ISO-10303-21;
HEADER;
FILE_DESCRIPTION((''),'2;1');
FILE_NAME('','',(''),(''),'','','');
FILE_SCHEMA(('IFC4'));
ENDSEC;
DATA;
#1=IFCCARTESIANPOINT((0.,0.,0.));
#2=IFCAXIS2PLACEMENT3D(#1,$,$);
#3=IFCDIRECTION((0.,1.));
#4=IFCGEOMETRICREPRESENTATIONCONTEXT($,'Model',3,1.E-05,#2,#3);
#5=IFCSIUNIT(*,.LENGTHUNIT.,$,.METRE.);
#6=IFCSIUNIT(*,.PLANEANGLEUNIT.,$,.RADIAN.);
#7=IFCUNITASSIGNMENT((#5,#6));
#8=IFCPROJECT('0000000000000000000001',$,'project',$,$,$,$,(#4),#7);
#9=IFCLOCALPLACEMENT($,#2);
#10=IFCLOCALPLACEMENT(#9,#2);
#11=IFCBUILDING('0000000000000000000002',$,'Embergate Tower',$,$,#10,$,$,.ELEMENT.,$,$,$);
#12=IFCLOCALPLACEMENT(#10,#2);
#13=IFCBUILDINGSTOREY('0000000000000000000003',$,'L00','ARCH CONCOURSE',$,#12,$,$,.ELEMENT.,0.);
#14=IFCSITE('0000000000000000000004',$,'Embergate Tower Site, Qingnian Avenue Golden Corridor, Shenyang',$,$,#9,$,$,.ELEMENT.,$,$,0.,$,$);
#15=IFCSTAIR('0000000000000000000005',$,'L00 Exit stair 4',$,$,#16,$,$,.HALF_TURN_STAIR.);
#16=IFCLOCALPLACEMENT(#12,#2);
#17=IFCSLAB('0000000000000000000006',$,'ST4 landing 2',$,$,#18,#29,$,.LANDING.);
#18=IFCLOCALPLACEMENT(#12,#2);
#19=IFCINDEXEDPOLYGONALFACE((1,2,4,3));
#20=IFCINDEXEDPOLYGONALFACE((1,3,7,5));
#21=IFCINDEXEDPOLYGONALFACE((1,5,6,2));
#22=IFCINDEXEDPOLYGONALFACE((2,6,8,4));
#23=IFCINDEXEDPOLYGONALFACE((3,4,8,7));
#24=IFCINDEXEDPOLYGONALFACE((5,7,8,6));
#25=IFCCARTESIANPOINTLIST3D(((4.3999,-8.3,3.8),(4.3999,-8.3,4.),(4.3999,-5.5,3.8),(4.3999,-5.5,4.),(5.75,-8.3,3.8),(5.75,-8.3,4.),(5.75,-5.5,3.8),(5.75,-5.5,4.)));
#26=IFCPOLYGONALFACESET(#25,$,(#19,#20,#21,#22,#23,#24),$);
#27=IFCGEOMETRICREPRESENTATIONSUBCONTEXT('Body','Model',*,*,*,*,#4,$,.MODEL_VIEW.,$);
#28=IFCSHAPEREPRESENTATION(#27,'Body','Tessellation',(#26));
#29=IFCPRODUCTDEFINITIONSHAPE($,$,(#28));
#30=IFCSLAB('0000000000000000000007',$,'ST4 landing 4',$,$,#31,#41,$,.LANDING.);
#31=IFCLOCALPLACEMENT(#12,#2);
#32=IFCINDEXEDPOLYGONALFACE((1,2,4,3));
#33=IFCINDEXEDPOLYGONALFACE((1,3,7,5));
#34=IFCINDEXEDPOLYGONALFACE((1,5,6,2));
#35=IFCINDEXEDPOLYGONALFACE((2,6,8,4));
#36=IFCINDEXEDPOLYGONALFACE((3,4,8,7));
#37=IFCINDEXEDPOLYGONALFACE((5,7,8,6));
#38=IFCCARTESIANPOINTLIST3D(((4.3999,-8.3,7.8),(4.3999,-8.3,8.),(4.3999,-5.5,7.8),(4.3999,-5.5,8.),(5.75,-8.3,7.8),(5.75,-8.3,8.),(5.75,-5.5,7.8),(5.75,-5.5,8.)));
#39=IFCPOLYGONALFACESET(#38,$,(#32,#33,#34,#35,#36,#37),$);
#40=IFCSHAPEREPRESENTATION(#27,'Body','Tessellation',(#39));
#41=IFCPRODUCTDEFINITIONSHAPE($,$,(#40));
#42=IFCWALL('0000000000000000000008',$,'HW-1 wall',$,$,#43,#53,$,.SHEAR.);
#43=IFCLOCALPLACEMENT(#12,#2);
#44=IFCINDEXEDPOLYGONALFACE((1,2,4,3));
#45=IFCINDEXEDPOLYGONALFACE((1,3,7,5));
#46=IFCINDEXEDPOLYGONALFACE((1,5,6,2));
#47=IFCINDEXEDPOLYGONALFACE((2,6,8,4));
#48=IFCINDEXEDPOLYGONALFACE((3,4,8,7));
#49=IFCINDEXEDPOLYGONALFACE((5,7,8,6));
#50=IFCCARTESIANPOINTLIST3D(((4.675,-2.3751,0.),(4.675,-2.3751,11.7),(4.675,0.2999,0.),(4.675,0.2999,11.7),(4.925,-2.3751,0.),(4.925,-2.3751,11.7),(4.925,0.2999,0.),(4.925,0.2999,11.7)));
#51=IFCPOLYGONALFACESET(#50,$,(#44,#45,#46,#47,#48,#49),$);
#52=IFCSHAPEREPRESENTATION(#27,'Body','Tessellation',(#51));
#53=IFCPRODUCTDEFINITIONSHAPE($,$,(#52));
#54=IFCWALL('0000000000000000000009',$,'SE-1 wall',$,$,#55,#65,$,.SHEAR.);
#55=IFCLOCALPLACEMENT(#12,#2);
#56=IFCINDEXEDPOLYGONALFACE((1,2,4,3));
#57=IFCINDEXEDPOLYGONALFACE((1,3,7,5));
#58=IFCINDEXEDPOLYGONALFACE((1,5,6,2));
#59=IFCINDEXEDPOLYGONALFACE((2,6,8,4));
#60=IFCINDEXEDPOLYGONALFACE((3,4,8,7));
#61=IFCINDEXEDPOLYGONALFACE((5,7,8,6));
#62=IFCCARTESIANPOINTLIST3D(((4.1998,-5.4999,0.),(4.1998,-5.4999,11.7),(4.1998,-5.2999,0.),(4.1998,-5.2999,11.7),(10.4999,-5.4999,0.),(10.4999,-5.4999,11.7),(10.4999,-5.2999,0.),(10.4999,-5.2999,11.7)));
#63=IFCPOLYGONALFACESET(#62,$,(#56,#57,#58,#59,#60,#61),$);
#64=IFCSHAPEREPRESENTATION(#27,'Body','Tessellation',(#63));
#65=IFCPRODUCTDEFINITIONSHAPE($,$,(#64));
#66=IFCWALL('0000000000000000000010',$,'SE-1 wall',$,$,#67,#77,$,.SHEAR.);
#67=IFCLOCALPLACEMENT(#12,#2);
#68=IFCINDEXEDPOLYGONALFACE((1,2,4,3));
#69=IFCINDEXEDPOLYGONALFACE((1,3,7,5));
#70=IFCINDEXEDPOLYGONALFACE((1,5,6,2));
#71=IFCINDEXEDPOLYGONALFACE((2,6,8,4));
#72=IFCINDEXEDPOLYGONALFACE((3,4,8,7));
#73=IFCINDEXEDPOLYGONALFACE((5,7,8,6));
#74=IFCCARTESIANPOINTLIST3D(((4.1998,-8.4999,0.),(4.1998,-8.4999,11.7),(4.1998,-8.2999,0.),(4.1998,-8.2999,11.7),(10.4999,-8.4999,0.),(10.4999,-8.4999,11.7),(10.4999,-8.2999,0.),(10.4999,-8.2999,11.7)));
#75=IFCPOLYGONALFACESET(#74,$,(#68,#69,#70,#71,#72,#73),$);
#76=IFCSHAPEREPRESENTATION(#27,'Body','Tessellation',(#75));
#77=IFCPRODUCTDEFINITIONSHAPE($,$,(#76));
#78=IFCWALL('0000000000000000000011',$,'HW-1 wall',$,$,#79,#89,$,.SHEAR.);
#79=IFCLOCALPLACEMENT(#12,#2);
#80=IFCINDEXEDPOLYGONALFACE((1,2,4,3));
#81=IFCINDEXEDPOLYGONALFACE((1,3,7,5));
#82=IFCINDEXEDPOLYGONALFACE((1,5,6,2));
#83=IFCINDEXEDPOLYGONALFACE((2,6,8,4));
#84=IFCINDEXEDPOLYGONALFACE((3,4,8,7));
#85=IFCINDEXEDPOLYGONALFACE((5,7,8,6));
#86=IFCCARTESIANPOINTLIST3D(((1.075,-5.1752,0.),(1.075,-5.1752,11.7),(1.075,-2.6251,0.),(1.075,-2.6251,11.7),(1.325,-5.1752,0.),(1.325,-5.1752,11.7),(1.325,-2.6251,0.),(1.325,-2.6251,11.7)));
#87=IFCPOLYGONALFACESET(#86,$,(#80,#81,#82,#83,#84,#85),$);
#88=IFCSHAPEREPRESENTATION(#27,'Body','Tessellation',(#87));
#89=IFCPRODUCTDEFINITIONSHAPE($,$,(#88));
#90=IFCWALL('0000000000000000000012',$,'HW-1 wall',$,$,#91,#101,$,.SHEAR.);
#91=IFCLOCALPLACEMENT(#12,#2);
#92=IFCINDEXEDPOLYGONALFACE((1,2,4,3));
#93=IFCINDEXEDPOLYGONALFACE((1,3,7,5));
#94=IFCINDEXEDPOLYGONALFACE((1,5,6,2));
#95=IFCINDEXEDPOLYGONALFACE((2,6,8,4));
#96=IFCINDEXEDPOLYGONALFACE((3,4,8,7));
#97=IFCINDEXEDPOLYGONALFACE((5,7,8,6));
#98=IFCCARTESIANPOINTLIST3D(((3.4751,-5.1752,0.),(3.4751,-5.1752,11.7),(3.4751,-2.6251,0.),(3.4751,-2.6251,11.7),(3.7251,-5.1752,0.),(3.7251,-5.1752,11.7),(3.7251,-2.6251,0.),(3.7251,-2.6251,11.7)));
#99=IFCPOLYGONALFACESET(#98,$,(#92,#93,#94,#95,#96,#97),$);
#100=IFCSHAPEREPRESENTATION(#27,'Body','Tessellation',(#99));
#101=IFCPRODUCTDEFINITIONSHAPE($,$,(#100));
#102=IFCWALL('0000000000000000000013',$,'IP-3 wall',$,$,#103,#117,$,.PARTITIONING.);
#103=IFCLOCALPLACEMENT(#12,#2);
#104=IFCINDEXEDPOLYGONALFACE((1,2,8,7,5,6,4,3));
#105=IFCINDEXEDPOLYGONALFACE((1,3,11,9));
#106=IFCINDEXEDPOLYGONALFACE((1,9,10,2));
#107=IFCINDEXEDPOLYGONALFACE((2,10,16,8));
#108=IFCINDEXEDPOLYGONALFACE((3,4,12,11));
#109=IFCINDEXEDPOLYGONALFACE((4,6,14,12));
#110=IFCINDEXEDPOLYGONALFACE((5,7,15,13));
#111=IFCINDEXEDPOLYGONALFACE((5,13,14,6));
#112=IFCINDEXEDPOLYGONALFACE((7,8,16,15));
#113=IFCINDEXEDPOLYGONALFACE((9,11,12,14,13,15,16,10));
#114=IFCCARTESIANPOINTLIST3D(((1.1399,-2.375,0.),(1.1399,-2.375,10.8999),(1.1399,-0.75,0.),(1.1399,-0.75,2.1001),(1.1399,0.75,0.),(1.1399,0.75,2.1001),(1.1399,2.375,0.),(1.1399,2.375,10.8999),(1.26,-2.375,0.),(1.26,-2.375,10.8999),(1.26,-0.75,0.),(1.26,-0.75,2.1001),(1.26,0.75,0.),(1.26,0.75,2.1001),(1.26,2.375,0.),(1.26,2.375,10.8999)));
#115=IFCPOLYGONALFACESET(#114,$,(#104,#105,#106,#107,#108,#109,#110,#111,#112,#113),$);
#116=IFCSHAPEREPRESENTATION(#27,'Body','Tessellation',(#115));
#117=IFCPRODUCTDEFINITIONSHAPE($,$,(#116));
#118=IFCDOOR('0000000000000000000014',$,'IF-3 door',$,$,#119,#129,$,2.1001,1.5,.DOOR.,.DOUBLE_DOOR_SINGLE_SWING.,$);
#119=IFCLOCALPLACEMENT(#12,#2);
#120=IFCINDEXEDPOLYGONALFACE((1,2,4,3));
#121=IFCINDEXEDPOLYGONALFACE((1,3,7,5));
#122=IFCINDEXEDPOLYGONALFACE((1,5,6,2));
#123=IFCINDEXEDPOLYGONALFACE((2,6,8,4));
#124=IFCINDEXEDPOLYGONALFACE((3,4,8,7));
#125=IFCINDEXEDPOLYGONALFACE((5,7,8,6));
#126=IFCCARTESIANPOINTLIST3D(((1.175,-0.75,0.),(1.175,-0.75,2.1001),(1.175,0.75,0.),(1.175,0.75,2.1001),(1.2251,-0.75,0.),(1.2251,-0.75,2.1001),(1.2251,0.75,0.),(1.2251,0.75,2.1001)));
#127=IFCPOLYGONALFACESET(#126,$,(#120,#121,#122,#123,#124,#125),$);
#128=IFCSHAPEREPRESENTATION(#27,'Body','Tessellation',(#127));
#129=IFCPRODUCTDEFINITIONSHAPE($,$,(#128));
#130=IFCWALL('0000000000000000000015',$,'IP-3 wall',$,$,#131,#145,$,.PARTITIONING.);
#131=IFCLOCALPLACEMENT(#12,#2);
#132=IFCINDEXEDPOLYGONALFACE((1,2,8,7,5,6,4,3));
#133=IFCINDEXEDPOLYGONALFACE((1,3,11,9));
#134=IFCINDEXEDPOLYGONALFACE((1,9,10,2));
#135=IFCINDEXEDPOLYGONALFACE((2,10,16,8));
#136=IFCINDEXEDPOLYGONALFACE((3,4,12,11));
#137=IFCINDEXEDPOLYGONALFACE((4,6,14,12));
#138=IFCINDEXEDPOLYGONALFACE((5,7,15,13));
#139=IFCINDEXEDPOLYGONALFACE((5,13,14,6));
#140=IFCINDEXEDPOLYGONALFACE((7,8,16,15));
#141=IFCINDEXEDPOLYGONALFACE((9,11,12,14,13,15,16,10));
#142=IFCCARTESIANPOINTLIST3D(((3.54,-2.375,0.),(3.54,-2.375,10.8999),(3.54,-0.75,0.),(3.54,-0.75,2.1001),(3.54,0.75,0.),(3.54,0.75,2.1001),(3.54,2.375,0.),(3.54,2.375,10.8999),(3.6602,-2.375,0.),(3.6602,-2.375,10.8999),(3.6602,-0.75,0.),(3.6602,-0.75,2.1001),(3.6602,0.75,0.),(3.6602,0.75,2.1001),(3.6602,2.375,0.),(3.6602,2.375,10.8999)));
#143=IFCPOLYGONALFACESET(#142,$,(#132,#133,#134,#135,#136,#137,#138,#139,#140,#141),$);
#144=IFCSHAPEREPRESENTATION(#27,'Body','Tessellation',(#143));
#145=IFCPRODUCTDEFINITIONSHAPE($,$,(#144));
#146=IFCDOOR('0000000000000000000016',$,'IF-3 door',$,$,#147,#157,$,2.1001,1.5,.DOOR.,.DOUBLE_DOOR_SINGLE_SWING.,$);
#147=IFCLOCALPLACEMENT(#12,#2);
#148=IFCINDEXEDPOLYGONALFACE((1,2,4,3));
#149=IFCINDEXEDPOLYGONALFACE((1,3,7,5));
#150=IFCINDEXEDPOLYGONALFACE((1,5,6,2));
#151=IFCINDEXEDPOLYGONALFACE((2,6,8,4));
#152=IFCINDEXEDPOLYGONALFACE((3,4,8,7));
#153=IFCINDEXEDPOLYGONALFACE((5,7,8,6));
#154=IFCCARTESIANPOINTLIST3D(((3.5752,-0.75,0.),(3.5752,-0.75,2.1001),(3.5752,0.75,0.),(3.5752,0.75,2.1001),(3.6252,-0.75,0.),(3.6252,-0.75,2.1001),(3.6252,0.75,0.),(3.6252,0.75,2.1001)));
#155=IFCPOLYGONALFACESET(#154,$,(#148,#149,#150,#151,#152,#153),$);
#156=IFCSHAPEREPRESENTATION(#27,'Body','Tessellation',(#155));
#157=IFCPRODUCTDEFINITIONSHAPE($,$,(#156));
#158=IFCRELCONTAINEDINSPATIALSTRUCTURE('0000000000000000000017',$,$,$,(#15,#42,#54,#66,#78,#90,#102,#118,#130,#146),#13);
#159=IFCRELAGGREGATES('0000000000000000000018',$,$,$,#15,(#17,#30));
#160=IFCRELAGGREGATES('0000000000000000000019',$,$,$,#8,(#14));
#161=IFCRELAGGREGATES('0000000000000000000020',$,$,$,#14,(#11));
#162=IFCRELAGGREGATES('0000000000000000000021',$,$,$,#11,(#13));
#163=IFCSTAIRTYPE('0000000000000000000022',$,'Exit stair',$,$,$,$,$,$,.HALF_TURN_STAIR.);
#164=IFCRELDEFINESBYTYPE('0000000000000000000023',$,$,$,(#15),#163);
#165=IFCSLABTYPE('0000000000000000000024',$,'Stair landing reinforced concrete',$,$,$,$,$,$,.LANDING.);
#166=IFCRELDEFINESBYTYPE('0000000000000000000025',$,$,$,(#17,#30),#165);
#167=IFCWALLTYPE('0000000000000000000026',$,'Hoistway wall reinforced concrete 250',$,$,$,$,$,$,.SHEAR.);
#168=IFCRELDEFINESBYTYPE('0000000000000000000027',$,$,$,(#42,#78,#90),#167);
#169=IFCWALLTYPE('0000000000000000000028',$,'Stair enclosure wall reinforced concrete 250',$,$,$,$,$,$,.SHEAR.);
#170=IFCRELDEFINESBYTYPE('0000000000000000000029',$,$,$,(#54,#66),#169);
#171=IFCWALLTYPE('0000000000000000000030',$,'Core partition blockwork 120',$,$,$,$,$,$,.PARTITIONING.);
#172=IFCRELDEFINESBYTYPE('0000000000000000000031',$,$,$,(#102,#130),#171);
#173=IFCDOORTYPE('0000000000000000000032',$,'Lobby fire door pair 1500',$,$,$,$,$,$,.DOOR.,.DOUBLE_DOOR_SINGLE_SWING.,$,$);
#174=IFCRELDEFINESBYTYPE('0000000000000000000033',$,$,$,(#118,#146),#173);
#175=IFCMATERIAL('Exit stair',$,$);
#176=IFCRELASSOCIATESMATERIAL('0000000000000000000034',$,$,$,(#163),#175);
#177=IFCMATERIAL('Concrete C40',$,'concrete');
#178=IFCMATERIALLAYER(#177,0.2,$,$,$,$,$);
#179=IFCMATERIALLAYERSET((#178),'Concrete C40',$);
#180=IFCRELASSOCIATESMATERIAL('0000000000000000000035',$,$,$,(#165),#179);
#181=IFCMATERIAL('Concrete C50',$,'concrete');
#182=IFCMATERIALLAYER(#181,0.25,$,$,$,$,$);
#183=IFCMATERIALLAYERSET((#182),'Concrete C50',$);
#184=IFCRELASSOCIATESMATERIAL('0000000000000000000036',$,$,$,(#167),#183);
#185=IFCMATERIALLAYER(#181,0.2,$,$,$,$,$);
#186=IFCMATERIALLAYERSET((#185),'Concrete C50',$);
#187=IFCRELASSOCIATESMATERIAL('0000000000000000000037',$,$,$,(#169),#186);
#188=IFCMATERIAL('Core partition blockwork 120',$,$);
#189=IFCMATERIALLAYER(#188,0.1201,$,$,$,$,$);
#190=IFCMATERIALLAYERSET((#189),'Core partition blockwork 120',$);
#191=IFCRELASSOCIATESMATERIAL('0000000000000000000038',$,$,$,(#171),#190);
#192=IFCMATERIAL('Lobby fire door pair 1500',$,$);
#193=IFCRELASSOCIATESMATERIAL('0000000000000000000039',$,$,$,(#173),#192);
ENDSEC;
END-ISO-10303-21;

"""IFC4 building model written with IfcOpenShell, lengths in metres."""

from ifc_helpers import new_model, si_unit, direction, frame, frame_2d, origin, place, context, subcontext, project, spatial, polyline, rectangle, outline, extrude, source, transform, mapped, material, layer, layer_set, type_object, element, fill, aggregate, save


model = new_model("IFC4")

# Units and contexts
model_context = context("Model", 3, precision=1e-05, world=origin(), true_north=direction((0.0, 1.0)))
body_context = subcontext(model_context, "Body", "Model", "MODEL_VIEW")
ifc_project = project(units=[si_unit("LENGTHUNIT", "METRE"), si_unit("PLANEANGLEUNIT", "RADIAN")], contexts=[model_context])

# Site, building, storey
site_placement = place(None, origin())
site = spatial("IfcSite", under=ifc_project, at=site_placement, Name="Embergate Tower Site, Qingnian Avenue Golden Corridor, Shenyang", CompositionType="ELEMENT", RefElevation=0.0)
building_placement = place(site_placement, origin())
building = spatial("IfcBuilding", under=site, at=building_placement, Name="Embergate Tower", CompositionType="ELEMENT")
storey_placement = place(building_placement, origin())
storey = spatial("IfcBuildingStorey", under=building, at=storey_placement, Name="L00", Description="ARCH CONCOURSE", CompositionType="ELEMENT", Elevation=0.0)

# Stair, slabs
ifc_material_1 = material(Name="Exit stair")
stair_type = type_object("IfcStairType", Name="Exit stair", PredefinedType="HALF_TURN_STAIR", material=ifc_material_1)
stair_placement = place(storey_placement, origin())
stair = element("IfcStair", 1, at=stair_placement, inside=storey, type_object=stair_type, Name="L00 Exit stair 4", PredefinedType="HALF_TURN_STAIR")
ifc_material_2 = material(Name="Concrete C40", Category="concrete")
ifc_layer_1 = layer(ifc_material_2, 0.2)
ifc_layer_set_1 = layer_set([ifc_layer_1], Name="Concrete C40")
slab_type = type_object("IfcSlabType", Name="Stair landing reinforced concrete", PredefinedType="LANDING", material=ifc_layer_set_1)
shared_shape_1 = source(origin(), body_context, "Body", "SweptSolid", [
    extrude(outline(polyline([(0.0, 0.0), (1.3501, 0.0), (1.3501, 2.8), (0.0, 2.8), (0.0, 0.0)])), origin(), (0.0, 0.0, 1.0), 0.2),
])
slab_1_placement = place(storey_placement, frame((4.3999, -8.3, 3.8)))
slab_1 = element("IfcSlab", 2, at=slab_1_placement, type_object=slab_type, Name="ST4 landing 2", PredefinedType="LANDING", context=body_context, shape_type="MappedRepresentation", body=[
    mapped(shared_shape_1, transform((0.0, 0.0, 0.0))),
])
slab_2_placement = place(storey_placement, frame((4.3999, -8.3, 7.8)))
slab_2 = element("IfcSlab", 3, at=slab_2_placement, type_object=slab_type, Name="ST4 landing 4", PredefinedType="LANDING", context=body_context, shape_type="MappedRepresentation", body=[
    mapped(shared_shape_1, transform((0.0, 0.0, 0.0))),
])

# Walls
ifc_material_3 = material(Name="Concrete C50", Category="concrete")
ifc_layer_2 = layer(ifc_material_3, 0.25)
ifc_layer_set_2 = layer_set([ifc_layer_2], Name="Concrete C50")
wall_type_1 = type_object("IfcWallType", Name="Hoistway wall reinforced concrete 250", PredefinedType="SHEAR", material=ifc_layer_set_2)
shared_shape_2 = source(origin(), body_context, "Body", "SweptSolid", [
    extrude(rectangle(XDim=2.675, YDim=0.25, at=frame_2d((1.3374, 0.0))), origin(), (0.0, 0.0, 1.0), 11.7),
])
wall_1_placement = place(storey_placement, frame((4.8, -2.375, 0.0), z_axis=(0.0, 0.0, 1.0), x_axis=(0.0, 1.0, 0.0)))
element("IfcWall", 4, at=wall_1_placement, inside=storey, type_object=wall_type_1, Name="HW-1 wall", PredefinedType="SHEAR", context=body_context, shape_type="MappedRepresentation", body=[
    mapped(shared_shape_2, transform((0.0, 0.0, 0.0))),
])
ifc_layer_3 = layer(ifc_material_3, 0.2)
ifc_layer_set_3 = layer_set([ifc_layer_3], Name="Concrete C50")
wall_type_2 = type_object("IfcWallType", Name="Stair enclosure wall reinforced concrete 250", PredefinedType="SHEAR", material=ifc_layer_set_3)
shared_shape_3 = source(origin(), body_context, "Body", "SweptSolid", [
    extrude(rectangle(XDim=6.3, YDim=0.2, at=frame_2d((3.1499, 0.0))), origin(), (0.0, 0.0, 1.0), 11.7),
])
for number, where, z_axis, x_axis, name in (
    (5, (4.2, -5.3999, 0.0), (0.0, 0.0, 1.0), (1.0, 0.0, 0.0), "SE-1 wall"),
    (6, (4.2, -8.3999, 0.0), (0.0, 0.0, 1.0), (1.0, 0.0, 0.0), "SE-1 wall"),
):
    element("IfcWall", number, at=place(storey_placement, frame(where, z_axis=z_axis, x_axis=x_axis)), inside=storey, type_object=wall_type_2, Name=name, PredefinedType="SHEAR", context=body_context, shape_type="MappedRepresentation", body=[
        mapped(shared_shape_3, transform((0.0, 0.0, 0.0))),
    ])
shared_shape_4 = source(origin(), body_context, "Body", "SweptSolid", [
    extrude(rectangle(XDim=2.55, YDim=0.25, at=frame_2d((1.2749, 0.0))), origin(), (0.0, 0.0, 1.0), 11.7),
])
for number, where, z_axis, x_axis, name in (
    (7, (1.2, -5.175, 0.0), (0.0, 0.0, 1.0), (0.0, 1.0, 0.0), "HW-1 wall"),
    (8, (3.6001, -5.175, 0.0), (0.0, 0.0, 1.0), (0.0, 1.0, 0.0), "HW-1 wall"),
):
    element("IfcWall", number, at=place(storey_placement, frame(where, z_axis=z_axis, x_axis=x_axis)), inside=storey, type_object=wall_type_1, Name=name, PredefinedType="SHEAR", context=body_context, shape_type="MappedRepresentation", body=[
        mapped(shared_shape_4, transform((0.0, 0.0, 0.0))),
    ])

# Walls, openings, doors
ifc_material_4 = material(Name="Core partition blockwork 120")
ifc_layer_4 = layer(ifc_material_4, 0.1201)
ifc_layer_set_4 = layer_set([ifc_layer_4], Name="Core partition blockwork 120")
wall_type_3 = type_object("IfcWallType", Name="Core partition blockwork 120", PredefinedType="PARTITIONING", material=ifc_layer_set_4)
shared_shape_5 = source(origin(), body_context, "Body", "SweptSolid", [
    extrude(rectangle(XDim=4.75, YDim=0.1201, at=frame_2d((2.375, 0.0))), origin(), (0.0, 0.0, 1.0), 10.8999),
])
wall_2_placement = place(storey_placement, frame((1.2, -2.375, 0.0), z_axis=(0.0, 0.0, 1.0), x_axis=(0.0, 1.0, 0.0)))
wall_2 = element("IfcWall", 9, at=wall_2_placement, inside=storey, type_object=wall_type_3, Name="IP-3 wall", PredefinedType="PARTITIONING", context=body_context, shape_type="MappedRepresentation", body=[
    mapped(shared_shape_5, transform((0.0, 0.0, 0.0))),
])
shared_shape_6 = source(origin(), body_context, "Body", "SweptSolid", [
    extrude(rectangle(XDim=1.5, YDim=2.1001, at=frame_2d((0.75, 1.05))), frame((0.0, 0.0701, 0.0), z_axis=(0.0, -1.0, 0.0), x_axis=(1.0, 0.0, 0.0)), (0.0, 0.0, 1.0), 0.1401),
])
opening_1_placement = place(wall_2_placement, frame((1.625, 0.0, 0.0)))
opening_1 = element("IfcOpeningElement", 10, at=opening_1_placement, cuts=wall_2, PredefinedType="OPENING", context=body_context, shape_type="MappedRepresentation", body=[
    mapped(shared_shape_6, transform((0.0, 0.0, 0.0))),
])
ifc_material_5 = material(Name="Lobby fire door pair 1500")
door_type_1 = type_object("IfcDoorType", Name="Lobby fire door pair 1500", OperationType="DOUBLE_DOOR_SINGLE_SWING", PredefinedType="DOOR", material=ifc_material_5)
shared_shape_7 = source(origin(), body_context, "Body", "SweptSolid", [
    extrude(rectangle(XDim=1.5, YDim=2.1001, at=frame_2d((0.75, 1.05))), frame((0.0, 0.0249, 0.0), z_axis=(0.0, -1.0, 0.0), x_axis=(1.0, 0.0, 0.0)), (0.0, 0.0, 1.0), 0.05),
])
door_1_placement = place(opening_1_placement, origin())
door_1 = element("IfcDoor", 11, at=door_1_placement, inside=storey, type_object=door_type_1, Name="IF-3 door", OperationType="DOUBLE_DOOR_SINGLE_SWING", OverallHeight=2.1001, OverallWidth=1.5, PredefinedType="DOOR", context=body_context, shape_type="MappedRepresentation", body=[
    mapped(shared_shape_7, transform((0.0, 0.0, 0.0))),
])
fill(opening_1, door_1)
wall_3_placement = place(storey_placement, frame((3.6001, -2.375, 0.0), z_axis=(0.0, 0.0, 1.0), x_axis=(0.0, 1.0, 0.0)))
wall_3 = element("IfcWall", 12, at=wall_3_placement, inside=storey, type_object=wall_type_3, Name="IP-3 wall", PredefinedType="PARTITIONING", context=body_context, shape_type="MappedRepresentation", body=[
    mapped(shared_shape_5, transform((0.0, 0.0, 0.0))),
])
opening_2_placement = place(wall_3_placement, frame((1.625, 0.0, 0.0)))
opening_2 = element("IfcOpeningElement", 13, at=opening_2_placement, cuts=wall_3, PredefinedType="OPENING", context=body_context, shape_type="MappedRepresentation", body=[
    mapped(shared_shape_6, transform((0.0, 0.0, 0.0))),
])
door_2_placement = place(opening_2_placement, origin())
door_2 = element("IfcDoor", 14, at=door_2_placement, inside=storey, type_object=door_type_1, Name="IF-3 door", OperationType="DOUBLE_DOOR_SINGLE_SWING", OverallHeight=2.1001, OverallWidth=1.5, PredefinedType="DOOR", context=body_context, shape_type="MappedRepresentation", body=[
    mapped(shared_shape_7, transform((0.0, 0.0, 0.0))),
])
fill(opening_2, door_2)

aggregate(stair, [slab_1, slab_2])

save(model, "model.ifc")
